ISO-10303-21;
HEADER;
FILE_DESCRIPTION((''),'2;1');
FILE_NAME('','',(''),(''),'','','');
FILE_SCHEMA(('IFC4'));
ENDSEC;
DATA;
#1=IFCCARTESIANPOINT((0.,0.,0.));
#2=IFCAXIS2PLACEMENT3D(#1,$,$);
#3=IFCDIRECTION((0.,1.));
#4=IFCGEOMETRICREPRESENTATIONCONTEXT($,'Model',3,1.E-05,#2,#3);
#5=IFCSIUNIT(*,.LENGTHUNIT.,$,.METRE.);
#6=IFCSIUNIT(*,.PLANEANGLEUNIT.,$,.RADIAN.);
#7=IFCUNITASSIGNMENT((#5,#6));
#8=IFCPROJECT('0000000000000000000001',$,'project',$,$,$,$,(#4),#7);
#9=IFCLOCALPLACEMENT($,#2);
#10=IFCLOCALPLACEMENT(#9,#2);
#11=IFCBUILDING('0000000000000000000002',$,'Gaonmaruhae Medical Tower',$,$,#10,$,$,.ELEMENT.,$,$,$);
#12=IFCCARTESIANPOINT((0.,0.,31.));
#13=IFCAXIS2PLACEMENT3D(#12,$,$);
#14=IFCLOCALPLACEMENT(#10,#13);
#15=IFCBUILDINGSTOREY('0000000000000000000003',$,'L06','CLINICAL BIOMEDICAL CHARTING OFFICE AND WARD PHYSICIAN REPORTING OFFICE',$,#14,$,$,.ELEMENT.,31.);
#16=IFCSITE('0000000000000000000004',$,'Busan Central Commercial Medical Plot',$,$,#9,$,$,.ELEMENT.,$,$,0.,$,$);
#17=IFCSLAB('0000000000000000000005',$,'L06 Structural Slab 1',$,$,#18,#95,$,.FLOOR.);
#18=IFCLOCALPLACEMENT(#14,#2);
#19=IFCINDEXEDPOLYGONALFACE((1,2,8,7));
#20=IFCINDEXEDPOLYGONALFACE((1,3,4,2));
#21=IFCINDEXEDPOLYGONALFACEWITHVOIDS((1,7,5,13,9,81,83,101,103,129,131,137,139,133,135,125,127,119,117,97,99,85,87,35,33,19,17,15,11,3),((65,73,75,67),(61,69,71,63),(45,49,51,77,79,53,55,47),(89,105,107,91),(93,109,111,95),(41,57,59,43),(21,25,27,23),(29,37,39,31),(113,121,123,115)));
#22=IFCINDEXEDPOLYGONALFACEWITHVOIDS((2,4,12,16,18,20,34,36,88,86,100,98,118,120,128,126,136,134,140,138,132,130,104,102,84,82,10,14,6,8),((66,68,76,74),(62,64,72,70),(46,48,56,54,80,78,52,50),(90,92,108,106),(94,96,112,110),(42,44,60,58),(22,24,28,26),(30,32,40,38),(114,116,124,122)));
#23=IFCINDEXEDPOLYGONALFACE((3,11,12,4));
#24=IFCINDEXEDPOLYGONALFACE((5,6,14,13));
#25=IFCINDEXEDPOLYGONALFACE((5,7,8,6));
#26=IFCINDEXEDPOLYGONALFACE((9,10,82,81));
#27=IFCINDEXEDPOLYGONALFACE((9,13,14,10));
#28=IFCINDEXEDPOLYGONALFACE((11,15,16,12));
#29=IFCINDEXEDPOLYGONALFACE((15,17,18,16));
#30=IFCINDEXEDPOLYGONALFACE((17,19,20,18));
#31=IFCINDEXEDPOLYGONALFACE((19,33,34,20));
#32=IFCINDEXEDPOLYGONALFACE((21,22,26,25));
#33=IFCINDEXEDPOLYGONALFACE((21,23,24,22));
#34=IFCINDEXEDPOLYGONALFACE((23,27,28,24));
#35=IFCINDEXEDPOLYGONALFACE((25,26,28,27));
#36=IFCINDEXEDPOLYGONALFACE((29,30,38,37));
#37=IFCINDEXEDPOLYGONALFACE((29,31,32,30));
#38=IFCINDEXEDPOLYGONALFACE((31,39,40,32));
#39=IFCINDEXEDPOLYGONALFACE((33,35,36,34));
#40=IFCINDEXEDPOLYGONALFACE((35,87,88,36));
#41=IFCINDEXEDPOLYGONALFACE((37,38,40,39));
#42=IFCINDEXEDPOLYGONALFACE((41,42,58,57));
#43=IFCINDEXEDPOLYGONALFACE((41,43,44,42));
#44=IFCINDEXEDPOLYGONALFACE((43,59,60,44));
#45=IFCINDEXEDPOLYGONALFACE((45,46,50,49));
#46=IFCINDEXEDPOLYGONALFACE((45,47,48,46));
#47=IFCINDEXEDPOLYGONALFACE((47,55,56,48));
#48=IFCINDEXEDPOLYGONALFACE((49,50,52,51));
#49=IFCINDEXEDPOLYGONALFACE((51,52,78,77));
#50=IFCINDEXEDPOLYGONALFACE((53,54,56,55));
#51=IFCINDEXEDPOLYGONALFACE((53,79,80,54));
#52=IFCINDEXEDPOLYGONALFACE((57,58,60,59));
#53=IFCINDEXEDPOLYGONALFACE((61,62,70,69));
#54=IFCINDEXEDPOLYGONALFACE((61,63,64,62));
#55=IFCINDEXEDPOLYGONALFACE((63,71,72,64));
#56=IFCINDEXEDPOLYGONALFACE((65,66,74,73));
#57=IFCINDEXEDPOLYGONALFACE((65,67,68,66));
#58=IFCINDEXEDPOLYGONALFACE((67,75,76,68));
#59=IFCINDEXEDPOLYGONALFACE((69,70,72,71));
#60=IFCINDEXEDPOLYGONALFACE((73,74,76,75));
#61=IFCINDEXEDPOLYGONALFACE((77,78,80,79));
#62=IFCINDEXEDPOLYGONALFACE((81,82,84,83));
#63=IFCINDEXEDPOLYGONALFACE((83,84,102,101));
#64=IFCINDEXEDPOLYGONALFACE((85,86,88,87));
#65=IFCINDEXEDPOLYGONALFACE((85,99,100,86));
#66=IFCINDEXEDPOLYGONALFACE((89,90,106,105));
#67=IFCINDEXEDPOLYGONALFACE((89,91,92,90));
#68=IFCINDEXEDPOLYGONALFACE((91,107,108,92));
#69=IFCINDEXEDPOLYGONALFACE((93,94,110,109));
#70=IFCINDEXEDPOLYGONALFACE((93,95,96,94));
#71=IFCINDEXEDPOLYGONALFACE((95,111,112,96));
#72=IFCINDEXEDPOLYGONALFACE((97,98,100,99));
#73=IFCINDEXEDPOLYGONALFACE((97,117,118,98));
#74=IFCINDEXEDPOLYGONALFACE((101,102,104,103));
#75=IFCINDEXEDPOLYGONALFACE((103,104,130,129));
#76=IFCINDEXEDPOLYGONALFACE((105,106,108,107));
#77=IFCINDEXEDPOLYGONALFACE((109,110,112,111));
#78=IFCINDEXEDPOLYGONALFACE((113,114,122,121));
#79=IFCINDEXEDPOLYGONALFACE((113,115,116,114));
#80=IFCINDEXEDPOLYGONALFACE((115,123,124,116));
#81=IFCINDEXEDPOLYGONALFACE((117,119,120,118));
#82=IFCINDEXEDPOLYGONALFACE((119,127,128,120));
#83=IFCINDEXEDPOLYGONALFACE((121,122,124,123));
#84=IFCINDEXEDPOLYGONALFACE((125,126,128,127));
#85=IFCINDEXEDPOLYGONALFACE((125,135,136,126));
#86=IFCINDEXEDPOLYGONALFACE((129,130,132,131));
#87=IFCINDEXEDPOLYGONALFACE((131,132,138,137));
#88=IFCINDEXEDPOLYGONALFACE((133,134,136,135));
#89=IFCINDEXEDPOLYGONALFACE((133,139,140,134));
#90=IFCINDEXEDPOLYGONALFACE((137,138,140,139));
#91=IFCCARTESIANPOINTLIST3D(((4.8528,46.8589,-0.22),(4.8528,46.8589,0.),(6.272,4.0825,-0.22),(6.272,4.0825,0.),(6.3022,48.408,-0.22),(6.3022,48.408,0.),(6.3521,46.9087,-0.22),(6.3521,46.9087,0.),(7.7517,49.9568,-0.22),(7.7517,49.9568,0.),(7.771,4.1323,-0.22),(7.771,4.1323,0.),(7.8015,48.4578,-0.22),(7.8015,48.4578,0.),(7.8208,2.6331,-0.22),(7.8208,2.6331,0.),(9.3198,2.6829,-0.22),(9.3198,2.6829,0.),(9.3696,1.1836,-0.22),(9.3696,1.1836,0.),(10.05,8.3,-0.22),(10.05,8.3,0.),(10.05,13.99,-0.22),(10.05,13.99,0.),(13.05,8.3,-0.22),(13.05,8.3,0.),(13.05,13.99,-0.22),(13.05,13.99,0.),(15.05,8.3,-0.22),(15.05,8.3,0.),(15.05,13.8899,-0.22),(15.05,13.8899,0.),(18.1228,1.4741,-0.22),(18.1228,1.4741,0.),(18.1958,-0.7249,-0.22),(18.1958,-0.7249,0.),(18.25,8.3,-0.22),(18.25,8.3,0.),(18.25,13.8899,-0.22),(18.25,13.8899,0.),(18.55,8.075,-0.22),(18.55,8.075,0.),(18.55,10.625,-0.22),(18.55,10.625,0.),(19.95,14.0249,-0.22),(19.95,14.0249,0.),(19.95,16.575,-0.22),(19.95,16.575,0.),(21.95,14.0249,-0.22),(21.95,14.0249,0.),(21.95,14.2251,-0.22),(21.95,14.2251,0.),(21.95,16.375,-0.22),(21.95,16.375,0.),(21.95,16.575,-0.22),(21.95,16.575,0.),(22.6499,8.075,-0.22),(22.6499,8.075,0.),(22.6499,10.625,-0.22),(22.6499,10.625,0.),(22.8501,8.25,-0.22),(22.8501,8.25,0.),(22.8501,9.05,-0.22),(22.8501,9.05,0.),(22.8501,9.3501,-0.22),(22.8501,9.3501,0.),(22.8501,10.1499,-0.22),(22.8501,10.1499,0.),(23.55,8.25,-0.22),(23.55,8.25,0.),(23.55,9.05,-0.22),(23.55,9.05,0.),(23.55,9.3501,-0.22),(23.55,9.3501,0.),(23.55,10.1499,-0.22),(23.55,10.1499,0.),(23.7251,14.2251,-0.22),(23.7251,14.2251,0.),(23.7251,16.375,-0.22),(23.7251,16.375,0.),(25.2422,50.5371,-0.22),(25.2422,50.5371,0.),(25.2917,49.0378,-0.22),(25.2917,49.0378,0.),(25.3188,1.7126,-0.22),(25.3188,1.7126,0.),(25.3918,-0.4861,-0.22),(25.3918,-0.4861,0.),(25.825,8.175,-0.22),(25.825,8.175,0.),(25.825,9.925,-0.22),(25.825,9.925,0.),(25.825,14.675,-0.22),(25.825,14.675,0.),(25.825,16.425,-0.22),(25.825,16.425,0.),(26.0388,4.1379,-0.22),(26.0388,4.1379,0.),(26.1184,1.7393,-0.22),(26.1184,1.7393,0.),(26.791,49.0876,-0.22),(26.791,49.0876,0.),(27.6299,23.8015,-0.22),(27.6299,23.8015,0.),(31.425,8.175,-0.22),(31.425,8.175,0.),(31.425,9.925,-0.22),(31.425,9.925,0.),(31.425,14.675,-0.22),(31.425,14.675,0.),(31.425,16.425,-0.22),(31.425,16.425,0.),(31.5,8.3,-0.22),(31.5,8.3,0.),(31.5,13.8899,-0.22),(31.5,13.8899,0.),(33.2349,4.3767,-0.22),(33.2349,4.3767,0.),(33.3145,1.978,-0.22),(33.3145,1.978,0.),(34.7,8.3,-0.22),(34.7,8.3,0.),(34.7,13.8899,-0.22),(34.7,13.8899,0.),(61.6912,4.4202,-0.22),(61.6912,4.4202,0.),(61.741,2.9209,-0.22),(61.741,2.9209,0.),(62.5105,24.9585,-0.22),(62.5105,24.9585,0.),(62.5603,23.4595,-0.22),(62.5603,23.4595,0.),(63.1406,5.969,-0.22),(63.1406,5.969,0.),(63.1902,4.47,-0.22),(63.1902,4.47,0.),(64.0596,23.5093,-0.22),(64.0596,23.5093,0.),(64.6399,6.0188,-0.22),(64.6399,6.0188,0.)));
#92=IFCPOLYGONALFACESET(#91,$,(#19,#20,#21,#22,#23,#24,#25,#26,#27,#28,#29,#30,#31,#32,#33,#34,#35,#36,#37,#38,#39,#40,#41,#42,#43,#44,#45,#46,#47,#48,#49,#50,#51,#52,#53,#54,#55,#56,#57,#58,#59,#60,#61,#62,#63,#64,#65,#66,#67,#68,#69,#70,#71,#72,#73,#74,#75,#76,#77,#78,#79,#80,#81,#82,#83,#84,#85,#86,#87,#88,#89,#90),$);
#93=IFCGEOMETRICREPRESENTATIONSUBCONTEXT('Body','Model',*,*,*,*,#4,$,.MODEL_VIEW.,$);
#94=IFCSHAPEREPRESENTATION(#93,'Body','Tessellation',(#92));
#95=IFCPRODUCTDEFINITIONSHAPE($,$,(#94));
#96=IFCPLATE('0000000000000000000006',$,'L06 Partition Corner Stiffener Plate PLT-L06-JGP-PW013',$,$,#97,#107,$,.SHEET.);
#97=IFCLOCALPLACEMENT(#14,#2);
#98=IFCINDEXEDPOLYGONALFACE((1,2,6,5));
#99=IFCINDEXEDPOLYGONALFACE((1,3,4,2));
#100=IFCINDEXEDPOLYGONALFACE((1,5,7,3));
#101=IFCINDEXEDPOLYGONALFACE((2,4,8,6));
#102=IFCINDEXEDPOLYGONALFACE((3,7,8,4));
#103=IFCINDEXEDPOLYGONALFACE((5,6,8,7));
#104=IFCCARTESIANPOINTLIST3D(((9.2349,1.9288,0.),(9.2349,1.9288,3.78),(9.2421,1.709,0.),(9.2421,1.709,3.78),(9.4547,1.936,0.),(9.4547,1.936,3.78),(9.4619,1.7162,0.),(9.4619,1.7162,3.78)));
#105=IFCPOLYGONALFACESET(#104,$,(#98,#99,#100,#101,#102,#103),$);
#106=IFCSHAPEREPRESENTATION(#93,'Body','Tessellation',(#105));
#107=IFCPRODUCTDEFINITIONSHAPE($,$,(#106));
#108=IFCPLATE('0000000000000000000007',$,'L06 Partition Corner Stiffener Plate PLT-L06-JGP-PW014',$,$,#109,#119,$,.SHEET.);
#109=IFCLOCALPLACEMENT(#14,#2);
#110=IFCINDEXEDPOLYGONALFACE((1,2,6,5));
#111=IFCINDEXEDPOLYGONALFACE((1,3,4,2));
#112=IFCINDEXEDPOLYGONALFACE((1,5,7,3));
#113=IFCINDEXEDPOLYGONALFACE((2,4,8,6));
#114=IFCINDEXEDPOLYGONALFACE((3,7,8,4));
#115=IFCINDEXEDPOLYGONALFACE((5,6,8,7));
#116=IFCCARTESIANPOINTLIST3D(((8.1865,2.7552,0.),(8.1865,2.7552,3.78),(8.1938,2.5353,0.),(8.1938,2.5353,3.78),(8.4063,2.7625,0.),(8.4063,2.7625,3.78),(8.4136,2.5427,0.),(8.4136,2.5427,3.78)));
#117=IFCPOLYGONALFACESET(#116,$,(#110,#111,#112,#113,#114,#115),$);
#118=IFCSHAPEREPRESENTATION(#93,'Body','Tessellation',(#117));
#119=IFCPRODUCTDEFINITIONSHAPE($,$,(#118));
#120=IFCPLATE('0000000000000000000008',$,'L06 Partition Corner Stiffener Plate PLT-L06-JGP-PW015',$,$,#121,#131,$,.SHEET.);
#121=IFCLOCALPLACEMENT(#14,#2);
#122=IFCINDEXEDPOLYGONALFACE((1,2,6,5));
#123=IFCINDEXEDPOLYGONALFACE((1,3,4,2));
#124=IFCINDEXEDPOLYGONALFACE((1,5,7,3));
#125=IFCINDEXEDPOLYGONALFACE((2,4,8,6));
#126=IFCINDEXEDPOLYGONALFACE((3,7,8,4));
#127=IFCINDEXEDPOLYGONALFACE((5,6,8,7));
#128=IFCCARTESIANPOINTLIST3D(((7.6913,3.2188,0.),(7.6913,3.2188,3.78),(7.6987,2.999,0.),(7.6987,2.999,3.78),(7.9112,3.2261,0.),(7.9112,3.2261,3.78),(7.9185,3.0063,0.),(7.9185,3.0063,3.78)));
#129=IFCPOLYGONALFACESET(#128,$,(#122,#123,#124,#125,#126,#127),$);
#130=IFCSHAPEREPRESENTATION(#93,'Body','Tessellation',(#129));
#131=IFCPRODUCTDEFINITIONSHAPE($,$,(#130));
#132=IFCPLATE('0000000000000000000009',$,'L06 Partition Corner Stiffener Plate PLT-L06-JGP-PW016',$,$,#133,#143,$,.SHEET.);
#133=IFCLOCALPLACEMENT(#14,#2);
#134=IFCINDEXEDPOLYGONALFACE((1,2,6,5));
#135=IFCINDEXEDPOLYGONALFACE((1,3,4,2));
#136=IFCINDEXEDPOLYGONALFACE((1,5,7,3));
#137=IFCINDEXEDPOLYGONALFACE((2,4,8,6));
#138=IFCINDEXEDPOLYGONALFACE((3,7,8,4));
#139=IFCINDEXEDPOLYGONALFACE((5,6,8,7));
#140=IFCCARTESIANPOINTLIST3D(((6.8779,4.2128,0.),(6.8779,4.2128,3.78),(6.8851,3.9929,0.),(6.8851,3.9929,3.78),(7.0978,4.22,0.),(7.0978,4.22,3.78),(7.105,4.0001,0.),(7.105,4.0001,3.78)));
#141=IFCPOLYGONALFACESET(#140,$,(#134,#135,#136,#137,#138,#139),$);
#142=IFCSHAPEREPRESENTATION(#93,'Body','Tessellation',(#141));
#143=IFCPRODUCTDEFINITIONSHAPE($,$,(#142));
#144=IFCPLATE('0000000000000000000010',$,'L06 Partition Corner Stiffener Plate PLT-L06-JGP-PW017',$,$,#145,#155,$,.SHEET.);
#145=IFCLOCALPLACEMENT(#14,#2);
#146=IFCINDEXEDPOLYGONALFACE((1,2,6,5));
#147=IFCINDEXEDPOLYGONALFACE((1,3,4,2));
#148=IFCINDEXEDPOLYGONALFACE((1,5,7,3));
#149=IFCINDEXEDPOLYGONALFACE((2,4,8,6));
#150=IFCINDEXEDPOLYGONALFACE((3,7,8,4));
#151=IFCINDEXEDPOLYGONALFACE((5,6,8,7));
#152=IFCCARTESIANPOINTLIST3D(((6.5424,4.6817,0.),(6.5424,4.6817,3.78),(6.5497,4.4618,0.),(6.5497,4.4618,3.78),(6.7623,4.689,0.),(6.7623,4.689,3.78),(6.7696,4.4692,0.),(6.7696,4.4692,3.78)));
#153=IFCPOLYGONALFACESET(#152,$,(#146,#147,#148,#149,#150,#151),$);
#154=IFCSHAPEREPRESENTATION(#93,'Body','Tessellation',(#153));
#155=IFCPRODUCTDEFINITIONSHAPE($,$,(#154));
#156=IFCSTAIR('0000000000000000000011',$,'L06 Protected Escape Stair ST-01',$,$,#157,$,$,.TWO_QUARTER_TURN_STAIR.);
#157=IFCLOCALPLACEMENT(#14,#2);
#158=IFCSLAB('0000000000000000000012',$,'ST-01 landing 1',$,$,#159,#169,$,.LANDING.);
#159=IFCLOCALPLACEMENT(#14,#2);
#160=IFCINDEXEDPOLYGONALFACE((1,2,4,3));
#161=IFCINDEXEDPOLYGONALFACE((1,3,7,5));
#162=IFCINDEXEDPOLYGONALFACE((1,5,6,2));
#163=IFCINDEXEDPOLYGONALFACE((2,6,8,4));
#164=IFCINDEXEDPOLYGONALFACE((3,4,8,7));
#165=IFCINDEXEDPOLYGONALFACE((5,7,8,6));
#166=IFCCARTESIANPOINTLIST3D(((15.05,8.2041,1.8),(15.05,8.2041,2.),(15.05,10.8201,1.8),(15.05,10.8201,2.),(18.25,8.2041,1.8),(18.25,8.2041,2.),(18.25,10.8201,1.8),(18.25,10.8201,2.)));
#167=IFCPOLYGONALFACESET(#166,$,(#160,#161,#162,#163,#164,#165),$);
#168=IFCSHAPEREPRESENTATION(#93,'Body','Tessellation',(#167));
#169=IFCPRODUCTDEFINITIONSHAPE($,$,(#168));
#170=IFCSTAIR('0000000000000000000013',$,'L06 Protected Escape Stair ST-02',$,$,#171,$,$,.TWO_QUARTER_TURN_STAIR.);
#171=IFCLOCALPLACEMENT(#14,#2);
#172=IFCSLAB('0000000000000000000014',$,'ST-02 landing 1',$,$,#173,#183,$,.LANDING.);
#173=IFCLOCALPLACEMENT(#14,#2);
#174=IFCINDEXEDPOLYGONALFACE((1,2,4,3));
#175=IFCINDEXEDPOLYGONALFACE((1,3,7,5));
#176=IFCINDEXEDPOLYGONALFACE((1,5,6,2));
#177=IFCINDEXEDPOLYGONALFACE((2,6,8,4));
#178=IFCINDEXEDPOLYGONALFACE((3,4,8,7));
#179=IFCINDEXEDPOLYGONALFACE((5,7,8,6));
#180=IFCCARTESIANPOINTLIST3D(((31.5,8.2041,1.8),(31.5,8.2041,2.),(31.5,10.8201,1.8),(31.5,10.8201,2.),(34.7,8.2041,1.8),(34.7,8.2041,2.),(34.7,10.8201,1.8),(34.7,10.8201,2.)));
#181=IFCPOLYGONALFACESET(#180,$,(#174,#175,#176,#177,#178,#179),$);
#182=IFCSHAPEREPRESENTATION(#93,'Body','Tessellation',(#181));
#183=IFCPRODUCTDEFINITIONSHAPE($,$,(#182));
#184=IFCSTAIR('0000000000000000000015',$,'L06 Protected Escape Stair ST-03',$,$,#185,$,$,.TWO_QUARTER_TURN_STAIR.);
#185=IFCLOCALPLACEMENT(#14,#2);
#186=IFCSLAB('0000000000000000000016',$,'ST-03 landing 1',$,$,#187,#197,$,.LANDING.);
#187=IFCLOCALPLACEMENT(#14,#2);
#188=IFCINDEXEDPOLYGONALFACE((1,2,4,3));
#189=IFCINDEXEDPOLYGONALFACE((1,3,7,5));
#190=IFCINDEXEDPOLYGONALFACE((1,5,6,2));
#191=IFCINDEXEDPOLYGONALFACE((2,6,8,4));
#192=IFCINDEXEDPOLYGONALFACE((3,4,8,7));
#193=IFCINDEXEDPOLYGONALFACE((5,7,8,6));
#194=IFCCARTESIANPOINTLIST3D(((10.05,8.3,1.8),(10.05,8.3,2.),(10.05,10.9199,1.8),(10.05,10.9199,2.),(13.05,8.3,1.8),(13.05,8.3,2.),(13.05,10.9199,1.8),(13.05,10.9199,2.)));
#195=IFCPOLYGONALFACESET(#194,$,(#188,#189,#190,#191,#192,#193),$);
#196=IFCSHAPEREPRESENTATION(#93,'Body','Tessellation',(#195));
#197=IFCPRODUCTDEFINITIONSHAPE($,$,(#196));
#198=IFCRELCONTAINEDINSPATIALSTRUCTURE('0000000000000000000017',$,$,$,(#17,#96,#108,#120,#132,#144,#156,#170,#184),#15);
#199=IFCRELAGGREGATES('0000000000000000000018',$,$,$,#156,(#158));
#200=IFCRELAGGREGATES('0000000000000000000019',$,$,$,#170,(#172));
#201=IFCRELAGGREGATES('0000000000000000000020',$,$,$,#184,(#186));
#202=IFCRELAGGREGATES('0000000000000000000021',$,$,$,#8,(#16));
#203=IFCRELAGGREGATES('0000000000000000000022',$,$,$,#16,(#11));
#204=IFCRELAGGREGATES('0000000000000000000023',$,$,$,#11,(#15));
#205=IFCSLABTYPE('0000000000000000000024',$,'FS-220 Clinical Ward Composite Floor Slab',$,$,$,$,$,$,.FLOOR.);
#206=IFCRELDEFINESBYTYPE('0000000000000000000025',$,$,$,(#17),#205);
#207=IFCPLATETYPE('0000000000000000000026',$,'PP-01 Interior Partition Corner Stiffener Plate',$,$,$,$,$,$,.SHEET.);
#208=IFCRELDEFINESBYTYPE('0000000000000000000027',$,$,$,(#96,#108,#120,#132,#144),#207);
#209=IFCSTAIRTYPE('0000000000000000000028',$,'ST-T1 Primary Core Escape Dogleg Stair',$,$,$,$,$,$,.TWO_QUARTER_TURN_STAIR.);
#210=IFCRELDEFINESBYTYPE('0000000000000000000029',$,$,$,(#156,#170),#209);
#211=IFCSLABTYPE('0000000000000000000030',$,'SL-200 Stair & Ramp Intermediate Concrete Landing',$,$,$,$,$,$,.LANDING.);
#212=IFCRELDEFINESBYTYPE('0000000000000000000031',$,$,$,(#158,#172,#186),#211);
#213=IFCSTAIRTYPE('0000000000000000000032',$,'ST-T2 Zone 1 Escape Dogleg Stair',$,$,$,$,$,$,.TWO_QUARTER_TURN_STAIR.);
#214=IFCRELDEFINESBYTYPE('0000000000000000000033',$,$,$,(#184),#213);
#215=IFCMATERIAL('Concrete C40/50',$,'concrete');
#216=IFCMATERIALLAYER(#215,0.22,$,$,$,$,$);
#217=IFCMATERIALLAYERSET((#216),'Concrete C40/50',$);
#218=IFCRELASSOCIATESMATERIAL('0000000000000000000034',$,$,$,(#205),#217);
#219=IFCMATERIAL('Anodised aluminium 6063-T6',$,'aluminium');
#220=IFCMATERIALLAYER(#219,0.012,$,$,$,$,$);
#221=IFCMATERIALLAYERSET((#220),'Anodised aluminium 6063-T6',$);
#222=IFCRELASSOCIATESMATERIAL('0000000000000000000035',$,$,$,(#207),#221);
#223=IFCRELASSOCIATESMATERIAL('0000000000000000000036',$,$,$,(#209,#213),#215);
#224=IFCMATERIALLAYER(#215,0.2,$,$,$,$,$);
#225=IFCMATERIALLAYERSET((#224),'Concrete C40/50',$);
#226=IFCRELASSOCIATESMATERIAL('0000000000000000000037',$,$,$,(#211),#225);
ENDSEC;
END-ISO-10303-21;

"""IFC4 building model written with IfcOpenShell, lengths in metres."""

from ifc_helpers import new_model, si_unit, direction, frame, origin, origin_2d, place, context, subcontext, project, spatial, polyline, rectangle, outline, extrude, material, layer, layer_set, type_object, element, aggregate, save


model = new_model("IFC4")

# Units and contexts
model_context = context("Model", 3, precision=1e-05, world=origin(), true_north=direction((0.0, 1.0)))
body_context = subcontext(model_context, "Body", "Model", "MODEL_VIEW")
ifc_project = project(units=[si_unit("LENGTHUNIT", "METRE"), si_unit("PLANEANGLEUNIT", "RADIAN")], contexts=[model_context])

# Site, building, storey
site_placement = place(None, origin())
site = spatial("IfcSite", under=ifc_project, at=site_placement, Name="Busan Central Commercial Medical Plot", CompositionType="ELEMENT", RefElevation=0.0)
building_placement = place(site_placement, origin())
building = spatial("IfcBuilding", under=site, at=building_placement, Name="Gaonmaruhae Medical Tower", CompositionType="ELEMENT")
storey_placement = place(building_placement, frame((0.0, 0.0, 31.0)))
storey = spatial("IfcBuildingStorey", under=building, at=storey_placement, Name="L06", Description="CLINICAL BIOMEDICAL CHARTING OFFICE AND WARD PHYSICIAN REPORTING OFFICE", CompositionType="ELEMENT", Elevation=31.0)

# Slab
ifc_material_1 = material(Name="Concrete C40/50", Category="concrete")
ifc_layer_1 = layer(ifc_material_1, 0.22)
ifc_layer_set_1 = layer_set([ifc_layer_1], Name="Concrete C40/50")
slab_type_1 = type_object("IfcSlabType", Name="FS-220 Clinical Ward Composite Floor Slab", PredefinedType="FLOOR", material=ifc_layer_set_1)
slab_1_placement = place(storey_placement, frame((0.0, 0.0, -0.22)))
element("IfcSlab", 1, at=slab_1_placement, inside=storey, type_object=slab_type_1, Name="L06 Structural Slab 1", PredefinedType="FLOOR", context=body_context, shape_type="SweptSolid", body=[
    extrude(outline(polyline([(9.3198, 2.6829), (7.8208, 2.6331), (7.771, 4.1323), (6.272, 4.0825), (4.8528, 46.8589), (6.3521, 46.9087), (6.3022, 48.408), (7.8015, 48.4578), (7.7517, 49.9568), (25.2422, 50.5371), (25.2917, 49.0378), (26.791, 49.0876), (27.6299, 23.8015), (62.5105, 24.9585), (62.5603, 23.4595), (64.0596, 23.5093), (64.6399, 6.0188), (63.1406, 5.969), (63.1902, 4.47), (61.6912, 4.4202), (61.741, 2.9209), (33.3145, 1.978), (33.2349, 4.3767), (26.0388, 4.1379), (26.1184, 1.7393), (25.3188, 1.7126), (25.3918, -0.4861), (18.1958, -0.7249), (18.1228, 1.4741), (9.3696, 1.1836), (9.3198, 2.6829)]), holes=[polyline([(23.55, 8.25), (22.8501, 8.25), (22.8501, 9.05), (23.55, 9.05), (23.55, 8.25)]), polyline([(25.825, 9.925), (31.425, 9.925), (31.425, 8.175), (25.825, 8.175), (25.825, 9.925)]), polyline([(22.6499, 10.625), (22.6499, 8.075), (18.55, 8.075), (18.55, 10.625), (22.6499, 10.625)]), polyline([(23.55, 9.3501), (22.8501, 9.3501), (22.8501, 10.1499), (23.55, 10.1499), (23.55, 9.3501)]), polyline([(15.05, 13.8899), (18.25, 13.8899), (18.25, 8.3), (15.05, 8.3), (15.05, 13.8899)]), polyline([(31.5, 13.8899), (34.7, 13.8899), (34.7, 8.3), (31.5, 8.3), (31.5, 13.8899)]), polyline([(10.05, 13.99), (13.05, 13.99), (13.05, 8.3), (10.05, 8.3), (10.05, 13.99)]), polyline([(21.95, 14.0249), (19.95, 14.0249), (19.95, 16.575), (21.95, 16.575), (21.95, 16.375), (23.7251, 16.375), (23.7251, 14.2251), (21.95, 14.2251), (21.95, 14.0249)]), polyline([(31.425, 16.425), (31.425, 14.675), (25.825, 14.675), (25.825, 16.425), (31.425, 16.425)])]), origin(), (0.0, 0.0, 1.0), 0.22),
])

# Plates
ifc_material_2 = material(Name="Anodised aluminium 6063-T6", Category="aluminium")
ifc_layer_2 = layer(ifc_material_2, 0.012)
ifc_layer_set_2 = layer_set([ifc_layer_2], Name="Anodised aluminium 6063-T6")
plate_type = type_object("IfcPlateType", Name="PP-01 Interior Partition Corner Stiffener Plate", PredefinedType="SHEET", material=ifc_layer_set_2)
for number, where, z_axis, x_axis, name in (
    (2, (9.3484, 1.8225, 0.0), (0.0, 0.0, 1.0), (-0.032841, 0.999461, 0.0), "L06 Partition Corner Stiffener Plate PLT-L06-JGP-PW013"),
    (3, (8.3, 2.6489, 0.0), (0.0, 0.0, 1.0), (-0.999443, -0.033382, 0.0), "L06 Partition Corner Stiffener Plate PLT-L06-JGP-PW014"),
    (4, (7.8049, 3.1125, 0.0), (0.0, 0.0, 1.0), (-0.033347, 0.999444, 0.0), "L06 Partition Corner Stiffener Plate PLT-L06-JGP-PW015"),
    (5, (6.9915, 4.1064, 0.0), (0.0, 0.0, 1.0), (-0.999461, -0.032841, 0.0), "L06 Partition Corner Stiffener Plate PLT-L06-JGP-PW016"),
    (6, (6.656, 4.5754, 0.0), (0.0, 0.0, 1.0), (-0.033347, 0.999444, 0.0), "L06 Partition Corner Stiffener Plate PLT-L06-JGP-PW017"),
):
    element("IfcPlate", number, at=place(storey_placement, frame(where, z_axis=z_axis, x_axis=x_axis)), inside=storey, type_object=plate_type, Name=name, PredefinedType="SHEET", context=body_context, shape_type="SweptSolid", body=[
        extrude(rectangle(XDim=0.22, YDim=0.22, at=origin_2d()), origin(), (0.0, 0.0, 1.0), 3.78),
    ])

# Stairs, slabs
stair_type_1 = type_object("IfcStairType", Name="ST-T1 Primary Core Escape Dogleg Stair", PredefinedType="TWO_QUARTER_TURN_STAIR", material=ifc_material_1)
stair_1_placement = place(storey_placement, origin())
stair_1 = element("IfcStair", 7, at=stair_1_placement, inside=storey, type_object=stair_type_1, Name="L06 Protected Escape Stair ST-01", PredefinedType="TWO_QUARTER_TURN_STAIR")
ifc_layer_3 = layer(ifc_material_1, 0.2)
ifc_layer_set_3 = layer_set([ifc_layer_3], Name="Concrete C40/50")
slab_type_2 = type_object("IfcSlabType", Name="SL-200 Stair & Ramp Intermediate Concrete Landing", PredefinedType="LANDING", material=ifc_layer_set_3)
slab_2_placement = place(storey_placement, frame((0.0, 0.0, 1.8)))
slab_2 = element("IfcSlab", 8, at=slab_2_placement, type_object=slab_type_2, Name="ST-01 landing 1", PredefinedType="LANDING", context=body_context, shape_type="SweptSolid", body=[
    extrude(outline(polyline([(15.05, 10.8201), (15.05, 8.2041), (18.25, 8.2041), (18.25, 10.8201), (15.05, 10.8201)])), origin(), (0.0, 0.0, 1.0), 0.2),
])
aggregate(stair_1, [slab_2])
stair_2_placement = place(storey_placement, origin())
stair_2 = element("IfcStair", 9, at=stair_2_placement, inside=storey, type_object=stair_type_1, Name="L06 Protected Escape Stair ST-02", PredefinedType="TWO_QUARTER_TURN_STAIR")
slab_3_placement = place(storey_placement, frame((0.0, 0.0, 1.8)))
slab_3 = element("IfcSlab", 10, at=slab_3_placement, type_object=slab_type_2, Name="ST-02 landing 1", PredefinedType="LANDING", context=body_context, shape_type="SweptSolid", body=[
    extrude(outline(polyline([(31.5, 10.8201), (31.5, 8.2041), (34.7, 8.2041), (34.7, 10.8201), (31.5, 10.8201)])), origin(), (0.0, 0.0, 1.0), 0.2),
])
aggregate(stair_2, [slab_3])
stair_type_2 = type_object("IfcStairType", Name="ST-T2 Zone 1 Escape Dogleg Stair", PredefinedType="TWO_QUARTER_TURN_STAIR", material=ifc_material_1)
stair_3_placement = place(storey_placement, origin())
stair_3 = element("IfcStair", 11, at=stair_3_placement, inside=storey, type_object=stair_type_2, Name="L06 Protected Escape Stair ST-03", PredefinedType="TWO_QUARTER_TURN_STAIR")
slab_4_placement = place(storey_placement, frame((0.0, 0.0, 1.8)))
slab_4 = element("IfcSlab", 12, at=slab_4_placement, type_object=slab_type_2, Name="ST-03 landing 1", PredefinedType="LANDING", context=body_context, shape_type="SweptSolid", body=[
    extrude(outline(polyline([(10.05, 10.9199), (10.05, 8.3), (13.05, 8.3), (13.05, 10.9199), (10.05, 10.9199)])), origin(), (0.0, 0.0, 1.0), 0.2),
])
aggregate(stair_3, [slab_4])

save(model, "model.ifc")
